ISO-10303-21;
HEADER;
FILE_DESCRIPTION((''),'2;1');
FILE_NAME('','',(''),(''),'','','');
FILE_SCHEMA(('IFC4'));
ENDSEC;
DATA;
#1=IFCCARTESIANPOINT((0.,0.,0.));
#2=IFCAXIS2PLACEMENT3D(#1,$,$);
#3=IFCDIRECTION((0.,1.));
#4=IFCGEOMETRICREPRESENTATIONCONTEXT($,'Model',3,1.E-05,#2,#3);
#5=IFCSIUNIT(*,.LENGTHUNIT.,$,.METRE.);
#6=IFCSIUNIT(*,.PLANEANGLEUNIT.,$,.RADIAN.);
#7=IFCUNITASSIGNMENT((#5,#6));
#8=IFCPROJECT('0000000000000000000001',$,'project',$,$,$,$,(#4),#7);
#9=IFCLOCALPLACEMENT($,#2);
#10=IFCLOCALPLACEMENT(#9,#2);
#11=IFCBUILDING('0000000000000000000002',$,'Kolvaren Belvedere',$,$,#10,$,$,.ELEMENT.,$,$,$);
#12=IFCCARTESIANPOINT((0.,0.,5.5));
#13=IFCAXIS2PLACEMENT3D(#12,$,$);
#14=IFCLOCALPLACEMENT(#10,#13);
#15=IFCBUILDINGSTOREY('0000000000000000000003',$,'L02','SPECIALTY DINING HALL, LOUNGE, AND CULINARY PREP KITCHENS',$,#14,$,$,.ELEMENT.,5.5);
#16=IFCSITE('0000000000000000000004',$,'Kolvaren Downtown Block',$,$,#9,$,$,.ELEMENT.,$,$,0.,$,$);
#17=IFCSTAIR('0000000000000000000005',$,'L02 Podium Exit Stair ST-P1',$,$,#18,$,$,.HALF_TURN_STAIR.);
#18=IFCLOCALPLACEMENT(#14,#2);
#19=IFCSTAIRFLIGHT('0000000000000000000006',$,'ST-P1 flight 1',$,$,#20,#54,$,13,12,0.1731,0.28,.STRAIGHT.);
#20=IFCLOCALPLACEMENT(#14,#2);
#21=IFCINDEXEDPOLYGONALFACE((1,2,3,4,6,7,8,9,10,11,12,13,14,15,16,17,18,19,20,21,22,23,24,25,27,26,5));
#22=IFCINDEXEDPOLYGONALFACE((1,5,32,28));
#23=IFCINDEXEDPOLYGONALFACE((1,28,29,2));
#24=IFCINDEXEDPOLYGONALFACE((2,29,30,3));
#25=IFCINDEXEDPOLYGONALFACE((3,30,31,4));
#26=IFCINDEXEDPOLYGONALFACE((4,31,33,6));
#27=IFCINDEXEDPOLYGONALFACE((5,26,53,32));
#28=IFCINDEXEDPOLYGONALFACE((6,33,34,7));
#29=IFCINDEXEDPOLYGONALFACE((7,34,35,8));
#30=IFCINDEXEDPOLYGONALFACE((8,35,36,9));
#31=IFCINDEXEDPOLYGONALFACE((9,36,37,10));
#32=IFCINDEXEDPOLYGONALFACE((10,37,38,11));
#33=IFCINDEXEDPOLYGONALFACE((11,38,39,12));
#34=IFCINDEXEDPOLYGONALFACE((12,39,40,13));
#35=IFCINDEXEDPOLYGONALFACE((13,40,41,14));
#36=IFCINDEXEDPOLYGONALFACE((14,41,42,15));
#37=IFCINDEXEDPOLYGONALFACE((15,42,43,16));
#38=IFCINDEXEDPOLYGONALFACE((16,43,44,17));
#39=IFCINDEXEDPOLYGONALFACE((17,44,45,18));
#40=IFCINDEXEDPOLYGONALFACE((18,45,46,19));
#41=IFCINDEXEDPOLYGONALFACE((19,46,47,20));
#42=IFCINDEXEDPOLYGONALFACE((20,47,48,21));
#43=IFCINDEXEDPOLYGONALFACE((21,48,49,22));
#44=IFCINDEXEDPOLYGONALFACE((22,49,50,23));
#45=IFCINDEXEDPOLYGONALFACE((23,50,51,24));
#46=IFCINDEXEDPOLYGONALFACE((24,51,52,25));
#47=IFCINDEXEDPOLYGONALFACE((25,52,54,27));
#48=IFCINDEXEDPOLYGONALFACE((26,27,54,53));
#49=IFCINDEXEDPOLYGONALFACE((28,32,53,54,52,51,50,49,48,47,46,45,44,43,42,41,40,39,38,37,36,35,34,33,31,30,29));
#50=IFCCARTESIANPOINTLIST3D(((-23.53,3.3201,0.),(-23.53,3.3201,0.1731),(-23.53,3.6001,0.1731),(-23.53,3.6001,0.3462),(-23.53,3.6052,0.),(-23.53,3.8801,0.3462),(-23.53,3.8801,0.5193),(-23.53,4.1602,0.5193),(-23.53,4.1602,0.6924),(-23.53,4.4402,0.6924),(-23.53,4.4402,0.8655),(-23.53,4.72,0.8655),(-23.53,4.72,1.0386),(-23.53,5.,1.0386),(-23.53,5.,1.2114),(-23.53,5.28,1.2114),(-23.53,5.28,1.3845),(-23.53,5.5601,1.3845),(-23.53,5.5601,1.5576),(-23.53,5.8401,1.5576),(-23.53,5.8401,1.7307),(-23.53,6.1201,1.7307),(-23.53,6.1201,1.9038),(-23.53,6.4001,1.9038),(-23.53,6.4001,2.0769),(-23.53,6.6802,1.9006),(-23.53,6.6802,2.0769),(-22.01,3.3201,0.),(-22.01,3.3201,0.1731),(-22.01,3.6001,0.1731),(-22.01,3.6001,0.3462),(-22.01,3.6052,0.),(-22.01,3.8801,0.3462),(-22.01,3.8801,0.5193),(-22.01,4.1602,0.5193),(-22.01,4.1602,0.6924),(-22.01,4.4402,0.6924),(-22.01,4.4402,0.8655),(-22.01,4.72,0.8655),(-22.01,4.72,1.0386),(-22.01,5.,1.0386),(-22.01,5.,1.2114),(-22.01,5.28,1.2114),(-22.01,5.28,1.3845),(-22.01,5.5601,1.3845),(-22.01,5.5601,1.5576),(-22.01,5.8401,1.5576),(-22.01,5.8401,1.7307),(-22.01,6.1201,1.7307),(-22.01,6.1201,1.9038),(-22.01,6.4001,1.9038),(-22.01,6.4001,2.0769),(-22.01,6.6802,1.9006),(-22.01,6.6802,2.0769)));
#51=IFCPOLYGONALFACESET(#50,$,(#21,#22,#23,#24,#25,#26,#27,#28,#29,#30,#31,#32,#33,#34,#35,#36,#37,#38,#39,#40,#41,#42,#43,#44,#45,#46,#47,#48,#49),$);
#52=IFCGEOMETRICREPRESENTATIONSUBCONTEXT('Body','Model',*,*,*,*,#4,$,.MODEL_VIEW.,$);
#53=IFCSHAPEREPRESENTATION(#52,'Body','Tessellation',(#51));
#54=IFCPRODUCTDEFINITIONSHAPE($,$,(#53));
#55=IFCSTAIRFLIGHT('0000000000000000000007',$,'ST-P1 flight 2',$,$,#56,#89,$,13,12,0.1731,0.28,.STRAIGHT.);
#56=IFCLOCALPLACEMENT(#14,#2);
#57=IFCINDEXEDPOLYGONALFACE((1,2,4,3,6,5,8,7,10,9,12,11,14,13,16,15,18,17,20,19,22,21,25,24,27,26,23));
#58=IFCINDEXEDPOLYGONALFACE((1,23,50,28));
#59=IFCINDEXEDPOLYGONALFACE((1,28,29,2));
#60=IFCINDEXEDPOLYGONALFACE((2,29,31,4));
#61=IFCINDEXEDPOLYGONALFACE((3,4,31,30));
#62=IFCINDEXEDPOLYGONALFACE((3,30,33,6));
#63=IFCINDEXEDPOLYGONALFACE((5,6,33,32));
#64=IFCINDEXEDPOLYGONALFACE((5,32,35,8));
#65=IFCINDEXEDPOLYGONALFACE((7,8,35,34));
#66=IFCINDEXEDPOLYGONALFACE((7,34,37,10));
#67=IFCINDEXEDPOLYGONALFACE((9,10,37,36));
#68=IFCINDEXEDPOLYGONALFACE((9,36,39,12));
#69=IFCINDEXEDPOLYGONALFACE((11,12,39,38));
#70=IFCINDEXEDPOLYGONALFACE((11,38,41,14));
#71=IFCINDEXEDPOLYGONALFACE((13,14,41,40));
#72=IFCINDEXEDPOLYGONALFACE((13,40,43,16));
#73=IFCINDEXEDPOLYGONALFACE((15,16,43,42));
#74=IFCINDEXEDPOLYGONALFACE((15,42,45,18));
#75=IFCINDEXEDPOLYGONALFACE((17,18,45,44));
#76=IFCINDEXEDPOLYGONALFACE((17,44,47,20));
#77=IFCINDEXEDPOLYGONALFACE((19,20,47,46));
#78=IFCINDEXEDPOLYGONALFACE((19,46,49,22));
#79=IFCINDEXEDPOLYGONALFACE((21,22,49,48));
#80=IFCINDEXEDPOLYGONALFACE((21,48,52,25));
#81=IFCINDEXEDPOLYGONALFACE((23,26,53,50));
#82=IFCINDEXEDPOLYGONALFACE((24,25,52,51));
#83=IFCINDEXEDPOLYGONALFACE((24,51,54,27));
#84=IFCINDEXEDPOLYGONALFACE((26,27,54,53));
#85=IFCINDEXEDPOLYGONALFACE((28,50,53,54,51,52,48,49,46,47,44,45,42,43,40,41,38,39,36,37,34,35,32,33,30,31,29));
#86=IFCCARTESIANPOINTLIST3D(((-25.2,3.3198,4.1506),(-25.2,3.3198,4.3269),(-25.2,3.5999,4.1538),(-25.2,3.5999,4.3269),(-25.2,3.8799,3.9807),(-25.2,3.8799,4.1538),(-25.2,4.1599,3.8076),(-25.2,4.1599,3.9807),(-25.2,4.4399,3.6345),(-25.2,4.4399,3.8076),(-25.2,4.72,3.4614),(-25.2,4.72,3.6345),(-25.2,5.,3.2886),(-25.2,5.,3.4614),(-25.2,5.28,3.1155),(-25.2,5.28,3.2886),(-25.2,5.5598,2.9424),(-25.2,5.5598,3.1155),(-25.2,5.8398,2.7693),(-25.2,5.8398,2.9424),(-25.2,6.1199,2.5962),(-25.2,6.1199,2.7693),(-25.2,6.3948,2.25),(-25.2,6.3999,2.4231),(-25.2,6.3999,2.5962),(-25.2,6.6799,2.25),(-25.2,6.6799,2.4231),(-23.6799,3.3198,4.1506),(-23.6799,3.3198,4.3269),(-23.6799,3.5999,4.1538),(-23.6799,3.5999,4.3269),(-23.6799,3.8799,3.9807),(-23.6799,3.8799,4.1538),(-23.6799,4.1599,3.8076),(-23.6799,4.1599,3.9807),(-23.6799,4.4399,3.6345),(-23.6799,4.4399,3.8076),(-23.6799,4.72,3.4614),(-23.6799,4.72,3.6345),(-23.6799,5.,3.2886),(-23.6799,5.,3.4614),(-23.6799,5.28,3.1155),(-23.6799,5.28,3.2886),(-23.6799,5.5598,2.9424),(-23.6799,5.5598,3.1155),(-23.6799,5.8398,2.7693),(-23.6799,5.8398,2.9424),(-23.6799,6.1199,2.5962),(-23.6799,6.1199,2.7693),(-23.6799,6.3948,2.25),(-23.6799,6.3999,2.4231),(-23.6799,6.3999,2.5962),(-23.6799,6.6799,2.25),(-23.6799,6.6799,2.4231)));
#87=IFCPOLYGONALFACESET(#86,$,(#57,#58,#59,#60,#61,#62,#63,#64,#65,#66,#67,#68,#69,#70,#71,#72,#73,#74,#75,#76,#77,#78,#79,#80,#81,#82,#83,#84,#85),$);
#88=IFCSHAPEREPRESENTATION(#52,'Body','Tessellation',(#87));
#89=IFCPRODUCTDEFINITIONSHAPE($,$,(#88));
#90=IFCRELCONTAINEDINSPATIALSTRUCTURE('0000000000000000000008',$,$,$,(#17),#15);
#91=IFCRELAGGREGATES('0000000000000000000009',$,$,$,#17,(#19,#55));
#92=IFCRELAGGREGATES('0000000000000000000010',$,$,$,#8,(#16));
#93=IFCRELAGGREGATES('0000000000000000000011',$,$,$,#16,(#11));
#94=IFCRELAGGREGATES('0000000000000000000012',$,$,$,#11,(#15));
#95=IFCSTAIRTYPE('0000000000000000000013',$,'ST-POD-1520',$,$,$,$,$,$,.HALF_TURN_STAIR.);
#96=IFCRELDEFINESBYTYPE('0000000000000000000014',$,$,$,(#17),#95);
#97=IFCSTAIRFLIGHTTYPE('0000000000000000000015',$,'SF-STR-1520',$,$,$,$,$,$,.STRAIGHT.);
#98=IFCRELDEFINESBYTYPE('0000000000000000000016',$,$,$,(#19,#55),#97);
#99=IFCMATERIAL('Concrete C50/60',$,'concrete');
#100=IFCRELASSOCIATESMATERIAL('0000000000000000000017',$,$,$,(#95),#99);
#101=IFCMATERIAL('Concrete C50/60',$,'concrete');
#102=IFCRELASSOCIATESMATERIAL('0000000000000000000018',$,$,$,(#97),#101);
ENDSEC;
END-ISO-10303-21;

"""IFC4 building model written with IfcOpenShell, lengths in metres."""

from ifc_helpers import new_model, si_unit, direction, frame, origin, place, context, subcontext, project, spatial, polyline, outline, extrude, material, type_object, element, aggregate, save


model = new_model("IFC4")

# Units and contexts
model_context = context("Model", 3, precision=1e-05, world=origin(), true_north=direction((0.0, 1.0)))
body_context = subcontext(model_context, "Body", "Model", "MODEL_VIEW")
ifc_project = project(units=[si_unit("LENGTHUNIT", "METRE"), si_unit("PLANEANGLEUNIT", "RADIAN")], contexts=[model_context])

# Site, building, storey
site_placement = place(None, origin())
site = spatial("IfcSite", under=ifc_project, at=site_placement, Name="Kolvaren Downtown Block", CompositionType="ELEMENT", RefElevation=0.0)
building_placement = place(site_placement, origin())
building = spatial("IfcBuilding", under=site, at=building_placement, Name="Kolvaren Belvedere", CompositionType="ELEMENT")
storey_placement = place(building_placement, frame((0.0, 0.0, 5.5)))
storey = spatial("IfcBuildingStorey", under=building, at=storey_placement, Name="L02", Description="SPECIALTY DINING HALL, LOUNGE, AND CULINARY PREP KITCHENS", CompositionType="ELEMENT", Elevation=5.5)

# Stair, stair flights
ifc_material_1 = material(Name="Concrete C50/60", Category="concrete")
stair_type = type_object("IfcStairType", Name="ST-POD-1520", PredefinedType="HALF_TURN_STAIR", material=ifc_material_1)
stair_placement = place(storey_placement, origin())
stair = element("IfcStair", 1, at=stair_placement, inside=storey, type_object=stair_type, Name="L02 Podium Exit Stair ST-P1", PredefinedType="HALF_TURN_STAIR")
ifc_material_2 = material(Name="Concrete C50/60", Category="concrete")
stair_flight_type = type_object("IfcStairFlightType", Name="SF-STR-1520", PredefinedType="STRAIGHT", material=ifc_material_2)
stair_flight_1_placement = place(storey_placement, frame((-22.77, 3.3201, 0.0), z_axis=(0.0, 0.0, 1.0), x_axis=(0.0, 1.0, 0.0)))
stair_flight_1 = element("IfcStairFlight", 2, at=stair_flight_1_placement, type_object=stair_flight_type, Name="ST-P1 flight 1", NumberOfRisers=13, NumberOfTreads=12, PredefinedType="STRAIGHT", RiserHeight=0.1731, TreadLength=0.28, context=body_context, shape_type="SweptSolid", body=[
    extrude(outline(polyline([(0.0, 0.0), (0.0, 0.1731), (0.28, 0.1731), (0.28, 0.3462), (0.5601, 0.3462), (0.5601, 0.5193), (0.8401, 0.5193), (0.8401, 0.6924), (1.1201, 0.6924), (1.1201, 0.8655), (1.3999, 0.8655), (1.3999, 1.0386), (1.6799, 1.0386), (1.6799, 1.2114), (1.96, 1.2114), (1.96, 1.3845), (2.24, 1.3845), (2.24, 1.5576), (2.52, 1.5576), (2.52, 1.7307), (2.8, 1.7307), (2.8, 1.9038), (3.0801, 1.9038), (3.0801, 2.0769), (3.3601, 2.0769), (3.3601, 2.25), (3.3601, 1.9006), (0.2852, 0.0), (0.0, 0.0)])), frame((0.0, 0.76, 0.0), z_axis=(0.0, -1.0, 0.0), x_axis=(1.0, 0.0, 0.0)), (0.0, 0.0, 1.0), 1.52),
])
stair_flight_2_placement = place(storey_placement, frame((-24.4399, 6.6799, 2.25), z_axis=(0.0, 0.0, 1.0), x_axis=(0.0, -1.0, 0.0)))
stair_flight_2 = element("IfcStairFlight", 3, at=stair_flight_2_placement, type_object=stair_flight_type, Name="ST-P1 flight 2", NumberOfRisers=13, NumberOfTreads=12, PredefinedType="STRAIGHT", RiserHeight=0.1731, TreadLength=0.28, context=body_context, shape_type="SweptSolid", body=[
    extrude(outline(polyline([(0.0, 0.0), (0.0, 0.1731), (0.28, 0.1731), (0.28, 0.3462), (0.5601, 0.3462), (0.5601, 0.5193), (0.8401, 0.5193), (0.8401, 0.6924), (1.1201, 0.6924), (1.1201, 0.8655), (1.3999, 0.8655), (1.3999, 1.0386), (1.6799, 1.0386), (1.6799, 1.2114), (1.96, 1.2114), (1.96, 1.3845), (2.24, 1.3845), (2.24, 1.5576), (2.52, 1.5576), (2.52, 1.7307), (2.8, 1.7307), (2.8, 1.9038), (3.0801, 1.9038), (3.0801, 2.0769), (3.3601, 2.0769), (3.3601, 2.25), (3.3601, 1.9006), (0.2852, 0.0), (0.0, 0.0)])), frame((0.0, 0.76, 0.0), z_axis=(0.0, -1.0, 0.0), x_axis=(1.0, 0.0, 0.0)), (0.0, 0.0, 1.0), 1.52),
])
aggregate(stair, [stair_flight_1, stair_flight_2])

save(model, "model.ifc")
